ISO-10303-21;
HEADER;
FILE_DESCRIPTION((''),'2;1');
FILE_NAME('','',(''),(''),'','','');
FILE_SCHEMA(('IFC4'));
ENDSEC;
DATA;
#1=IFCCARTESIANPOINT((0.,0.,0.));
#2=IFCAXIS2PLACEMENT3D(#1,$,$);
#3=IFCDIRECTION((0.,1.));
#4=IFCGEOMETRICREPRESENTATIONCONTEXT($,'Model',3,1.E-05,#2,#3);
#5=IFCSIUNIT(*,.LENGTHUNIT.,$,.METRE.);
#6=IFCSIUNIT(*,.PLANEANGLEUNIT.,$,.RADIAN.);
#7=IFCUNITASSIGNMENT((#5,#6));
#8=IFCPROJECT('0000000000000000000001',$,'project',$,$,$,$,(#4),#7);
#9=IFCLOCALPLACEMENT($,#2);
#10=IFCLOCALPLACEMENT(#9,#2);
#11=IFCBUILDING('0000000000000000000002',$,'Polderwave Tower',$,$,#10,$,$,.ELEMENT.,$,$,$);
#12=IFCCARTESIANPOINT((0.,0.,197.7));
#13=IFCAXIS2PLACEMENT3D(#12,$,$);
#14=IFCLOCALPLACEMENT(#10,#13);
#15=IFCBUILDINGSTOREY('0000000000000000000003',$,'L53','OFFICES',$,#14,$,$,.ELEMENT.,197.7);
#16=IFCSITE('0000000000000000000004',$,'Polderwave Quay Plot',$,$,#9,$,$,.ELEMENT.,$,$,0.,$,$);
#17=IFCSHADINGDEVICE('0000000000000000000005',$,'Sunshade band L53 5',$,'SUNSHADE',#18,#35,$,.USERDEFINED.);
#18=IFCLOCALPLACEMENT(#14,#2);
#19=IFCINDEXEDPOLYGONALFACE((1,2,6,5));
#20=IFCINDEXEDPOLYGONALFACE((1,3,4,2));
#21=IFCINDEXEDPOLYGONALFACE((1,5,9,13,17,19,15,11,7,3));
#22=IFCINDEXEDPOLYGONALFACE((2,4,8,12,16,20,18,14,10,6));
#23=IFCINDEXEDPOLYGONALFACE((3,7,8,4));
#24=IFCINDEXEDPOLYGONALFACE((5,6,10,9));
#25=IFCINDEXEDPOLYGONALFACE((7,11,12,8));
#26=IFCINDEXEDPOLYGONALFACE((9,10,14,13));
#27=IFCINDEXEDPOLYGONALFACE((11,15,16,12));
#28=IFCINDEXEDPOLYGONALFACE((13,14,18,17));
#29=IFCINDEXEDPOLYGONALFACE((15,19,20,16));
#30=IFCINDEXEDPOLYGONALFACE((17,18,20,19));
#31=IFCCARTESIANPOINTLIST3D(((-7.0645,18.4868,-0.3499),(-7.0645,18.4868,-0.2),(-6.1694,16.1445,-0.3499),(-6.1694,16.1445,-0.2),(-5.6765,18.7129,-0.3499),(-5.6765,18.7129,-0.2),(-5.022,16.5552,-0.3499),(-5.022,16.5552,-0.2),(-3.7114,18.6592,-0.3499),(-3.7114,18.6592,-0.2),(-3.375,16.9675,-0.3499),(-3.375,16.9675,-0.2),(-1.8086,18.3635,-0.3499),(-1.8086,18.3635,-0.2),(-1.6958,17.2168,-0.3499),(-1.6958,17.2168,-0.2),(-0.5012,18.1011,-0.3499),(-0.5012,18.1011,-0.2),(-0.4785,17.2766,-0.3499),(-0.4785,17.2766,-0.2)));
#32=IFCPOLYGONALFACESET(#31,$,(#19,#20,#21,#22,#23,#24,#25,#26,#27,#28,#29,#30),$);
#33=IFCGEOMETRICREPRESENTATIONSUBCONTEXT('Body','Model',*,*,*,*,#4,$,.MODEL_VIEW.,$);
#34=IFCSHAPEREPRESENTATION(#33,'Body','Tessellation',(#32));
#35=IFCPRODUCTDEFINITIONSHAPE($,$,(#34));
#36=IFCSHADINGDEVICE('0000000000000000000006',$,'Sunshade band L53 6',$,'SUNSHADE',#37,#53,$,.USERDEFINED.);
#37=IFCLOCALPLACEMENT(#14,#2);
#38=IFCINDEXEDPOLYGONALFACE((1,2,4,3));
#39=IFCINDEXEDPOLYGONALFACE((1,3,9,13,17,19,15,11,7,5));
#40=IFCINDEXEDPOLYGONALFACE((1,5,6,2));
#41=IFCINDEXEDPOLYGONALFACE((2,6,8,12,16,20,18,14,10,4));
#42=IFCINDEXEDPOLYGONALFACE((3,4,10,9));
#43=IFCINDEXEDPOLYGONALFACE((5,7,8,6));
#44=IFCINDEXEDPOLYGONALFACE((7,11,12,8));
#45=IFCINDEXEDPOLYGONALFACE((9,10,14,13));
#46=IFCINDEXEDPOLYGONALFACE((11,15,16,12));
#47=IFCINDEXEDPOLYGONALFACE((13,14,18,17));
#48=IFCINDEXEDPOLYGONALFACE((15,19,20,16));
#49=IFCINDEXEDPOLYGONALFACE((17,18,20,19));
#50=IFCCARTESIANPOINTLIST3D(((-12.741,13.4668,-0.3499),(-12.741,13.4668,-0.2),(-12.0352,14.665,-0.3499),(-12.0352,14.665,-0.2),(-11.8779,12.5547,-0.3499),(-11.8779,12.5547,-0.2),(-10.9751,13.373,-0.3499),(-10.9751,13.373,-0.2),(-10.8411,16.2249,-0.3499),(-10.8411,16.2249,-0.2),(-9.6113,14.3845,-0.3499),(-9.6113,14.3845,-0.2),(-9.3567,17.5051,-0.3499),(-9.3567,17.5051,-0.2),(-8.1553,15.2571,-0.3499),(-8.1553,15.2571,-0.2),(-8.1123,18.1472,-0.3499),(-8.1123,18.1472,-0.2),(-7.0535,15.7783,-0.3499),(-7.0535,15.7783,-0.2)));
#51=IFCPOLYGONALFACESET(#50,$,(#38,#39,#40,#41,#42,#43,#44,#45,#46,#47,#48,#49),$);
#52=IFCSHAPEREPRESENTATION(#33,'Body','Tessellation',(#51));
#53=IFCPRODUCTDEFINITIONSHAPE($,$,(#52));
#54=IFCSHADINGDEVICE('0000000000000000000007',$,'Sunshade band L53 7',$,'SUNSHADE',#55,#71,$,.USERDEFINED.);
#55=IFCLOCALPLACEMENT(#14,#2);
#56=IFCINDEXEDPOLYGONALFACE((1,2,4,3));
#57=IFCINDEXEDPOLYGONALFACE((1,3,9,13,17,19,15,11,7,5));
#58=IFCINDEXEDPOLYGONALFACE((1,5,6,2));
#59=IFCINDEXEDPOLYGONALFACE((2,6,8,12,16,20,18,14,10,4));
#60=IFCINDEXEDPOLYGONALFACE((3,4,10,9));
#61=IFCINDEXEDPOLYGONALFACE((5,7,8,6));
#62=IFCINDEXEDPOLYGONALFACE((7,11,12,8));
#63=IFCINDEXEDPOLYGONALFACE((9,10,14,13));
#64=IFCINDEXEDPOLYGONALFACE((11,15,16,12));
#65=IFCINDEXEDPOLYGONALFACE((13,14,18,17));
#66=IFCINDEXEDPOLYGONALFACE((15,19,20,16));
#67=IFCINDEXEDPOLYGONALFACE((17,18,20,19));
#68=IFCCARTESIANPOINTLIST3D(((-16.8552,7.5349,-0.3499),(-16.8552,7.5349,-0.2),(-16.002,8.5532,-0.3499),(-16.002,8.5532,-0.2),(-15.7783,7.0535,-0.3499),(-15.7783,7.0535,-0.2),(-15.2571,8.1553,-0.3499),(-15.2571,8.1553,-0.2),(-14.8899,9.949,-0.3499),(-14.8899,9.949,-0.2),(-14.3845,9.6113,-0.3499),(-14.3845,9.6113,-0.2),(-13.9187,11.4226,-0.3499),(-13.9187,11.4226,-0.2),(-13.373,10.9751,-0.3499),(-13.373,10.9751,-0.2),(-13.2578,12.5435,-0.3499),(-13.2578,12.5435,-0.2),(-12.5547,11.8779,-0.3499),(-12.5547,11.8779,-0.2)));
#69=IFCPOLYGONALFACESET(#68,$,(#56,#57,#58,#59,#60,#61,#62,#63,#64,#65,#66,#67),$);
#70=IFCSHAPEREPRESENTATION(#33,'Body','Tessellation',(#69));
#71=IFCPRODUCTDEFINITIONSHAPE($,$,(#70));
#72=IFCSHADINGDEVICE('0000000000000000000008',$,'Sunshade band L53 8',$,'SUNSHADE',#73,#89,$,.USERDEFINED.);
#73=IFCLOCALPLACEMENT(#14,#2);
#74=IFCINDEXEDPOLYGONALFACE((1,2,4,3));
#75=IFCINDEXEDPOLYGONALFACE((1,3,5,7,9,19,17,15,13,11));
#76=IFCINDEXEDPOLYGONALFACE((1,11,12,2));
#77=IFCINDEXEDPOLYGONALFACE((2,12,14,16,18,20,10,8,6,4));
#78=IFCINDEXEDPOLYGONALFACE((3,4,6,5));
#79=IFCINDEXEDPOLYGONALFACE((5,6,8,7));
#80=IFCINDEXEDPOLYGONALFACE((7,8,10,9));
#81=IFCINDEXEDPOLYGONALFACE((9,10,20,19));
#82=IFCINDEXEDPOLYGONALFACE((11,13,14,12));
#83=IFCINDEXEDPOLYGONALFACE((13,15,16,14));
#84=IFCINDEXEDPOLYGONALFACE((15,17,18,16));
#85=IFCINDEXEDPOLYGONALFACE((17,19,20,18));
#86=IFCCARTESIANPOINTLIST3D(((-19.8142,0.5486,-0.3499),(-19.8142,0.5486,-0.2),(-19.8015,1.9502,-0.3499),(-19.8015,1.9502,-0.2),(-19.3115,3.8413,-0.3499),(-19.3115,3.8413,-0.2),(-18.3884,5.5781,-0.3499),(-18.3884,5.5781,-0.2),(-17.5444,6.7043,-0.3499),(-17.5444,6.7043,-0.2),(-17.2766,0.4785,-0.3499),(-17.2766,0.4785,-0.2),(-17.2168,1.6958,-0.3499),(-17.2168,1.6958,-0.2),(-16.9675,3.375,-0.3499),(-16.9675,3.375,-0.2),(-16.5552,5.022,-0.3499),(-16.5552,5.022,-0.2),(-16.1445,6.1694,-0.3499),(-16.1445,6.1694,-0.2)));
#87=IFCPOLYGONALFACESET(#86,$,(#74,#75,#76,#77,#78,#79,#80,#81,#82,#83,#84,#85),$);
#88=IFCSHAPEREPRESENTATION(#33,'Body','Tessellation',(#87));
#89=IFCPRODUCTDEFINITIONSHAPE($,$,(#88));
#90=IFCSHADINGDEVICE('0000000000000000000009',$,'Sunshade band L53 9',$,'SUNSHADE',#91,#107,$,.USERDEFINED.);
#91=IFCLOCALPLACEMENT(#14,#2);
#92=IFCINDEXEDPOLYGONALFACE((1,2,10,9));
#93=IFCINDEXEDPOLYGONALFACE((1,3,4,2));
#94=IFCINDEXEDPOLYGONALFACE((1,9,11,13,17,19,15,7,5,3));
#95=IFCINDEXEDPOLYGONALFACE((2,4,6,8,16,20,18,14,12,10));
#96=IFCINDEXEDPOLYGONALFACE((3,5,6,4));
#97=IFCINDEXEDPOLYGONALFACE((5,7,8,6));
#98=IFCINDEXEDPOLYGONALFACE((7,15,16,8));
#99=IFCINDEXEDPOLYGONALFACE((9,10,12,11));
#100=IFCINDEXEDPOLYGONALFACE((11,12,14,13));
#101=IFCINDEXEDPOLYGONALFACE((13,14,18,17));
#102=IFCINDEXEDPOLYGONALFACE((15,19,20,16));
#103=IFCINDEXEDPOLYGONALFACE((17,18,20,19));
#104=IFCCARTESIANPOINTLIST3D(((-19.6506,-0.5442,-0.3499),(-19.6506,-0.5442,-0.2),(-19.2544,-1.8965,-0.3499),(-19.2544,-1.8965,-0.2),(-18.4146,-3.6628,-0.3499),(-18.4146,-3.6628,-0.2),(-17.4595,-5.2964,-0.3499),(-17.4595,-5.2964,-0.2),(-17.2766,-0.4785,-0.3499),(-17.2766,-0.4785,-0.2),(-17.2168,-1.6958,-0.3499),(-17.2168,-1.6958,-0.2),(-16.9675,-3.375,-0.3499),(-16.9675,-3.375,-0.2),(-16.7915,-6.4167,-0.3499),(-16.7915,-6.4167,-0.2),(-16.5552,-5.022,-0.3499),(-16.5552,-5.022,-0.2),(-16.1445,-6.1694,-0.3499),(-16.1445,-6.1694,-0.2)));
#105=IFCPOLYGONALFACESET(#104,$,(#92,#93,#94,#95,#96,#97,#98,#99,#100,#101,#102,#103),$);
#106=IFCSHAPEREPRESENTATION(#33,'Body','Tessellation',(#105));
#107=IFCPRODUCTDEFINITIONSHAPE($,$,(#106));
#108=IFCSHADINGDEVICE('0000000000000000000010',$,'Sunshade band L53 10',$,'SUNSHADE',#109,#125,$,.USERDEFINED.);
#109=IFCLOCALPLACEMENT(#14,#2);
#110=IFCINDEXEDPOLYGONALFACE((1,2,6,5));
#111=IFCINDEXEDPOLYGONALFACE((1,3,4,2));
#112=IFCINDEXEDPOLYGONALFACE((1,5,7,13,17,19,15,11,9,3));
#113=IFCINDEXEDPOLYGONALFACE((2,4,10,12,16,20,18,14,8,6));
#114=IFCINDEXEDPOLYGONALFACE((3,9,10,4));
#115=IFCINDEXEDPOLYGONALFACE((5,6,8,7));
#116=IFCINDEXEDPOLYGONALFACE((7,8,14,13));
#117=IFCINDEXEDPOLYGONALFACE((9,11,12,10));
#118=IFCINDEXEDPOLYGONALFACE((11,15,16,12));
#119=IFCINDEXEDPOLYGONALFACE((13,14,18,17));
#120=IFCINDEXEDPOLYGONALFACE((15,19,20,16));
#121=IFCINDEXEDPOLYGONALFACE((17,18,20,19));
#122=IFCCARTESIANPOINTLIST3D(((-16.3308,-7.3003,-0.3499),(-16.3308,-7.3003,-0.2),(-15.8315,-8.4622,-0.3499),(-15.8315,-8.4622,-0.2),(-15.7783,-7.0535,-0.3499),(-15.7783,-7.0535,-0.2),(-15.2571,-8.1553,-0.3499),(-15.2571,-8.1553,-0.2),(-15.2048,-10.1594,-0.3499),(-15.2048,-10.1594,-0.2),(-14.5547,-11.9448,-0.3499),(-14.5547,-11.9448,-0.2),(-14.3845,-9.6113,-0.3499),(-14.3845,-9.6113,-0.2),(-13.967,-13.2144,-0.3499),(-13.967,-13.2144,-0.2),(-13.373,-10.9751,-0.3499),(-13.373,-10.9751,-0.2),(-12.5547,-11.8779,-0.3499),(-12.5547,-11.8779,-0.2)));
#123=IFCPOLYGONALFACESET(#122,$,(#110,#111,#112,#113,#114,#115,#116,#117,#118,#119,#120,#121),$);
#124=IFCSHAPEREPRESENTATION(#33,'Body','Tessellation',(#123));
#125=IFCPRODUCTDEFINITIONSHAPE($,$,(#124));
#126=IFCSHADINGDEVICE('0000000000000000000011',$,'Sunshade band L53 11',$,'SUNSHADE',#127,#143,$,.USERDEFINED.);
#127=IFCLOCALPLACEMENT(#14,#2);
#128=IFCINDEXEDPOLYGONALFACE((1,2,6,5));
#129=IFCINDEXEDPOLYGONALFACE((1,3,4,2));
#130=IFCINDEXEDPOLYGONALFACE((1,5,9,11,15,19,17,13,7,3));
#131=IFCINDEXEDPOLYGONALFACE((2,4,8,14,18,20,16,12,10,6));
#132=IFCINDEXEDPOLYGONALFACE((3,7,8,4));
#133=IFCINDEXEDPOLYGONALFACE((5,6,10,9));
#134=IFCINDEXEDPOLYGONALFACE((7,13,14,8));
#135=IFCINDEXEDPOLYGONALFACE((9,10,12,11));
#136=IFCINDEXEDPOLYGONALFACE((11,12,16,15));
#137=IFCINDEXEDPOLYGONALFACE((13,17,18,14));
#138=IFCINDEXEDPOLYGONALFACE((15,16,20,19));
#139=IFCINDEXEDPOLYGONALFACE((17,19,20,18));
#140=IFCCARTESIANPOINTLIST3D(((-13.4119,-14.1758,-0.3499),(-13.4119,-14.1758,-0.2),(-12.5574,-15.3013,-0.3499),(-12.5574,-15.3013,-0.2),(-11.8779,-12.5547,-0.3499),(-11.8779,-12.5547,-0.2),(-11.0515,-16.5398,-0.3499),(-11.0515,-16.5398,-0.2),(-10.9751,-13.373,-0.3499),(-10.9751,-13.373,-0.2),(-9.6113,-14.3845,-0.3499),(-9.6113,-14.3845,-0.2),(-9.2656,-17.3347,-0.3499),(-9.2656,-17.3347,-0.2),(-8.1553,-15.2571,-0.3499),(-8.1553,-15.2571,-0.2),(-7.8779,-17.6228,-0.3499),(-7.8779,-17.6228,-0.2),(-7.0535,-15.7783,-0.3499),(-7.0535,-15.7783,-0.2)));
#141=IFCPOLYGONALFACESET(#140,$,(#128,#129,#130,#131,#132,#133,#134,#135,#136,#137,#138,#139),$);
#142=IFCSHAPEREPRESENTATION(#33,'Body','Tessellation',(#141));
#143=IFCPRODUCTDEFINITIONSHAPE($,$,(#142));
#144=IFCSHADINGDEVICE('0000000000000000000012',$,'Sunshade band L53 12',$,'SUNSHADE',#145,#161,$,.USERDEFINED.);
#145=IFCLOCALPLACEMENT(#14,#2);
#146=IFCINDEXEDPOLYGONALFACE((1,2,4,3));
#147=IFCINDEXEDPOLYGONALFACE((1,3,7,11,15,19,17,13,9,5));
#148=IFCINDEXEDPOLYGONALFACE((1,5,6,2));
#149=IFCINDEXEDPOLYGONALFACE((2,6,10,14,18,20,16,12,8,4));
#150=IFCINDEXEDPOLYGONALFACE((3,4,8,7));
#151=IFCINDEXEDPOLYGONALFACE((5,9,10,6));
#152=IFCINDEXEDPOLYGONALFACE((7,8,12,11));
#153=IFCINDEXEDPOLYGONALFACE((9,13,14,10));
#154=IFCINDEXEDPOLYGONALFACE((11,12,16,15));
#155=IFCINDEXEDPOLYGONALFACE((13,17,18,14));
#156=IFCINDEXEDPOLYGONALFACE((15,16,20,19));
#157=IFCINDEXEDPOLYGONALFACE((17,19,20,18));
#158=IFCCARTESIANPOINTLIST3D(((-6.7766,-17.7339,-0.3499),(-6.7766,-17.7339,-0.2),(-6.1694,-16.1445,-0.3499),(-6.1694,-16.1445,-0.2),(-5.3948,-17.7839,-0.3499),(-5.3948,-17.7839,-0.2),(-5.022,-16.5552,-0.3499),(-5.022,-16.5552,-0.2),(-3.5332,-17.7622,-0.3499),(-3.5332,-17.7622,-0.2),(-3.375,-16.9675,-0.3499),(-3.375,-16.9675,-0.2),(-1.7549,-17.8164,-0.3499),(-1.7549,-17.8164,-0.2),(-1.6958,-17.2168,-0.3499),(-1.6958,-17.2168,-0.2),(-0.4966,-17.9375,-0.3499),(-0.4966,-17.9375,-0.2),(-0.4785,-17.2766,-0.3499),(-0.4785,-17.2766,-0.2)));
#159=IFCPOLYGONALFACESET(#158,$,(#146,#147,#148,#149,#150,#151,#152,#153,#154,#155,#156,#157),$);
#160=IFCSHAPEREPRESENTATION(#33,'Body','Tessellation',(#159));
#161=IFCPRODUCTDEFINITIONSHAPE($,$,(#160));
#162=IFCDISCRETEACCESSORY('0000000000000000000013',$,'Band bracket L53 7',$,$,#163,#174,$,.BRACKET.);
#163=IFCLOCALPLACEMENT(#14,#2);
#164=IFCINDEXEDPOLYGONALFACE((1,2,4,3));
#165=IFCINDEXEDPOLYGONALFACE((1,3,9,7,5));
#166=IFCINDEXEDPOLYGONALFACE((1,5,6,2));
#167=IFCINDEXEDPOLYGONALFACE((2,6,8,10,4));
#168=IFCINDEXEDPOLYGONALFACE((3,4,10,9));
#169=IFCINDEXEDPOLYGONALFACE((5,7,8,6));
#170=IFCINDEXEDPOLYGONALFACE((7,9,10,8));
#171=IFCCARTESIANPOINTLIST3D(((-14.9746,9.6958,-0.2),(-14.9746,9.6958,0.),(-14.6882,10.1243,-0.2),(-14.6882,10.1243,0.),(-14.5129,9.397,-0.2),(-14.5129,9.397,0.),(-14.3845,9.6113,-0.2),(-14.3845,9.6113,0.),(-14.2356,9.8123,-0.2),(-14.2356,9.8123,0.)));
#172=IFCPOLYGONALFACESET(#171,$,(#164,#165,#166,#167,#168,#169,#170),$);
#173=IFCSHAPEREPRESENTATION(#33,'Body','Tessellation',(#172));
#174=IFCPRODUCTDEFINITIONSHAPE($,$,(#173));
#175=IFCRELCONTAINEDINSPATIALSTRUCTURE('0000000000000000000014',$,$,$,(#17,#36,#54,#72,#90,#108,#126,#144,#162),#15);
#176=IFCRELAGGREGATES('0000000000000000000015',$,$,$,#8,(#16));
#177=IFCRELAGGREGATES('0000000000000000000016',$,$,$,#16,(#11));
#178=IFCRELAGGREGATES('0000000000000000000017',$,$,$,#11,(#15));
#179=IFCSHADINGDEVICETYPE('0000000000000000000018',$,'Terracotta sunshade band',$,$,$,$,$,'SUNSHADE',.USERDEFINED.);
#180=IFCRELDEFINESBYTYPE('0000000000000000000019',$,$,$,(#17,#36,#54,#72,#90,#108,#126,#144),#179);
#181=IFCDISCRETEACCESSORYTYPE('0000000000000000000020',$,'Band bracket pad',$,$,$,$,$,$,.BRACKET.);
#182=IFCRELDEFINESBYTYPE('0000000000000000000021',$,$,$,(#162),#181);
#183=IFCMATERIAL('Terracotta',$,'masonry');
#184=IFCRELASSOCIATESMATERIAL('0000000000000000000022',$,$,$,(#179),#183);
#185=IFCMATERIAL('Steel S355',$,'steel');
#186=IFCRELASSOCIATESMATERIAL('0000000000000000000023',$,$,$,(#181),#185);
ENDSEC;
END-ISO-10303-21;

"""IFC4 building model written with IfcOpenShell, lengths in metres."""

from ifc_helpers import new_model, si_unit, direction, frame, origin, place, context, subcontext, project, spatial, polyline, outline, extrude, material, type_object, element, save


model = new_model("IFC4")

# Units and contexts
model_context = context("Model", 3, precision=1e-05, world=origin(), true_north=direction((0.0, 1.0)))
body_context = subcontext(model_context, "Body", "Model", "MODEL_VIEW")
ifc_project = project(units=[si_unit("LENGTHUNIT", "METRE"), si_unit("PLANEANGLEUNIT", "RADIAN")], contexts=[model_context])

# Site, building, storey
site_placement = place(None, origin())
site = spatial("IfcSite", under=ifc_project, at=site_placement, Name="Polderwave Quay Plot", CompositionType="ELEMENT", RefElevation=0.0)
building_placement = place(site_placement, origin())
building = spatial("IfcBuilding", under=site, at=building_placement, Name="Polderwave Tower", CompositionType="ELEMENT")
storey_placement = place(building_placement, frame((0.0, 0.0, 197.7)))
storey = spatial("IfcBuildingStorey", under=building, at=storey_placement, Name="L53", Description="OFFICES", CompositionType="ELEMENT", Elevation=197.7)

# Shading devices
ifc_material_1 = material(Name="Terracotta", Category="masonry")
shading_device_type = type_object("IfcShadingDeviceType", Name="Terracotta sunshade band", ElementType="SUNSHADE", PredefinedType="USERDEFINED", material=ifc_material_1)
shading_device_1_placement = place(storey_placement, frame((0.0, 0.0, -0.3499)))
element("IfcShadingDevice", 1, at=shading_device_1_placement, inside=storey, type_object=shading_device_type, Name="Sunshade band L53 5", ObjectType="SUNSHADE", PredefinedType="USERDEFINED", context=body_context, shape_type="SweptSolid", body=[
    extrude(outline(polyline([(-0.4785, 17.2766), (-1.6958, 17.2168), (-3.375, 16.9675), (-5.022, 16.5552), (-6.1694, 16.1445), (-7.0645, 18.4868), (-5.6765, 18.7129), (-3.7114, 18.6592), (-1.8086, 18.3635), (-0.5012, 18.1011), (-0.4785, 17.2766)])), origin(), (0.0, 0.0, 1.0), 0.1499),
])
shading_device_2_placement = place(storey_placement, frame((0.0, 0.0, -0.3499)))
element("IfcShadingDevice", 2, at=shading_device_2_placement, inside=storey, type_object=shading_device_type, Name="Sunshade band L53 6", ObjectType="SUNSHADE", PredefinedType="USERDEFINED", context=body_context, shape_type="SweptSolid", body=[
    extrude(outline(polyline([(-7.0535, 15.7783), (-8.1553, 15.2571), (-9.6113, 14.3845), (-10.9751, 13.373), (-11.8779, 12.5547), (-12.741, 13.4668), (-12.0352, 14.665), (-10.8411, 16.2249), (-9.3567, 17.5051), (-8.1123, 18.1472), (-7.0535, 15.7783)])), origin(), (0.0, 0.0, 1.0), 0.1499),
])
shading_device_3_placement = place(storey_placement, frame((0.0, 0.0, -0.3499)))
element("IfcShadingDevice", 3, at=shading_device_3_placement, inside=storey, type_object=shading_device_type, Name="Sunshade band L53 7", ObjectType="SUNSHADE", PredefinedType="USERDEFINED", context=body_context, shape_type="SweptSolid", body=[
    extrude(outline(polyline([(-12.5547, 11.8779), (-13.373, 10.9751), (-14.3845, 9.6113), (-15.2571, 8.1553), (-15.7783, 7.0535), (-16.8552, 7.5349), (-16.002, 8.5532), (-14.8899, 9.949), (-13.9187, 11.4226), (-13.2578, 12.5435), (-12.5547, 11.8779)])), origin(), (0.0, 0.0, 1.0), 0.1499),
])
shading_device_4_placement = place(storey_placement, frame((0.0, 0.0, -0.3499)))
element("IfcShadingDevice", 4, at=shading_device_4_placement, inside=storey, type_object=shading_device_type, Name="Sunshade band L53 8", ObjectType="SUNSHADE", PredefinedType="USERDEFINED", context=body_context, shape_type="SweptSolid", body=[
    extrude(outline(polyline([(-16.1445, 6.1694), (-16.5552, 5.022), (-16.9675, 3.375), (-17.2168, 1.6958), (-17.2766, 0.4785), (-19.8142, 0.5486), (-19.8015, 1.9502), (-19.3115, 3.8413), (-18.3884, 5.5781), (-17.5444, 6.7043), (-16.1445, 6.1694)])), origin(), (0.0, 0.0, 1.0), 0.1499),
])
shading_device_5_placement = place(storey_placement, frame((0.0, 0.0, -0.3499)))
element("IfcShadingDevice", 5, at=shading_device_5_placement, inside=storey, type_object=shading_device_type, Name="Sunshade band L53 9", ObjectType="SUNSHADE", PredefinedType="USERDEFINED", context=body_context, shape_type="SweptSolid", body=[
    extrude(outline(polyline([(-17.2766, -0.4785), (-17.2168, -1.6958), (-16.9675, -3.375), (-16.5552, -5.022), (-16.1445, -6.1694), (-16.7915, -6.4167), (-17.4595, -5.2964), (-18.4146, -3.6628), (-19.2544, -1.8965), (-19.6506, -0.5442), (-17.2766, -0.4785)])), origin(), (0.0, 0.0, 1.0), 0.1499),
])
shading_device_6_placement = place(storey_placement, frame((0.0, 0.0, -0.3499)))
element("IfcShadingDevice", 6, at=shading_device_6_placement, inside=storey, type_object=shading_device_type, Name="Sunshade band L53 10", ObjectType="SUNSHADE", PredefinedType="USERDEFINED", context=body_context, shape_type="SweptSolid", body=[
    extrude(outline(polyline([(-15.7783, -7.0535), (-15.2571, -8.1553), (-14.3845, -9.6113), (-13.373, -10.9751), (-12.5547, -11.8779), (-13.967, -13.2144), (-14.5547, -11.9448), (-15.2048, -10.1594), (-15.8315, -8.4622), (-16.3308, -7.3003), (-15.7783, -7.0535)])), origin(), (0.0, 0.0, 1.0), 0.1499),
])
shading_device_7_placement = place(storey_placement, frame((0.0, 0.0, -0.3499)))
element("IfcShadingDevice", 7, at=shading_device_7_placement, inside=storey, type_object=shading_device_type, Name="Sunshade band L53 11", ObjectType="SUNSHADE", PredefinedType="USERDEFINED", context=body_context, shape_type="SweptSolid", body=[
    extrude(outline(polyline([(-11.8779, -12.5547), (-10.9751, -13.373), (-9.6113, -14.3845), (-8.1553, -15.2571), (-7.0535, -15.7783), (-7.8779, -17.6228), (-9.2656, -17.3347), (-11.0515, -16.5398), (-12.5574, -15.3013), (-13.4119, -14.1758), (-11.8779, -12.5547)])), origin(), (0.0, 0.0, 1.0), 0.1499),
])
shading_device_8_placement = place(storey_placement, frame((0.0, 0.0, -0.3499)))
element("IfcShadingDevice", 8, at=shading_device_8_placement, inside=storey, type_object=shading_device_type, Name="Sunshade band L53 12", ObjectType="SUNSHADE", PredefinedType="USERDEFINED", context=body_context, shape_type="SweptSolid", body=[
    extrude(outline(polyline([(-6.1694, -16.1445), (-5.022, -16.5552), (-3.375, -16.9675), (-1.6958, -17.2168), (-0.4785, -17.2766), (-0.4966, -17.9375), (-1.7549, -17.8164), (-3.5332, -17.7622), (-5.3948, -17.7839), (-6.7766, -17.7339), (-6.1694, -16.1445)])), origin(), (0.0, 0.0, 1.0), 0.1499),
])

# Discrete accessory
ifc_material_2 = material(Name="Steel S355", Category="steel")
discrete_accessory_type = type_object("IfcDiscreteAccessoryType", Name="Band bracket pad", PredefinedType="BRACKET", material=ifc_material_2)
discrete_accessory_placement = place(storey_placement, frame((0.0, 0.0, -0.2)))
element("IfcDiscreteAccessory", 9, at=discrete_accessory_placement, inside=storey, type_object=discrete_accessory_type, Name="Band bracket L53 7", PredefinedType="BRACKET", context=body_context, shape_type="SweptSolid", body=[
    extrude(outline(polyline([(-14.2356, 9.8123), (-14.3845, 9.6113), (-14.5129, 9.397), (-14.9746, 9.6958), (-14.6882, 10.1243), (-14.2356, 9.8123)])), origin(), (0.0, 0.0, 1.0), 0.2),
])

save(model, "model.ifc")
